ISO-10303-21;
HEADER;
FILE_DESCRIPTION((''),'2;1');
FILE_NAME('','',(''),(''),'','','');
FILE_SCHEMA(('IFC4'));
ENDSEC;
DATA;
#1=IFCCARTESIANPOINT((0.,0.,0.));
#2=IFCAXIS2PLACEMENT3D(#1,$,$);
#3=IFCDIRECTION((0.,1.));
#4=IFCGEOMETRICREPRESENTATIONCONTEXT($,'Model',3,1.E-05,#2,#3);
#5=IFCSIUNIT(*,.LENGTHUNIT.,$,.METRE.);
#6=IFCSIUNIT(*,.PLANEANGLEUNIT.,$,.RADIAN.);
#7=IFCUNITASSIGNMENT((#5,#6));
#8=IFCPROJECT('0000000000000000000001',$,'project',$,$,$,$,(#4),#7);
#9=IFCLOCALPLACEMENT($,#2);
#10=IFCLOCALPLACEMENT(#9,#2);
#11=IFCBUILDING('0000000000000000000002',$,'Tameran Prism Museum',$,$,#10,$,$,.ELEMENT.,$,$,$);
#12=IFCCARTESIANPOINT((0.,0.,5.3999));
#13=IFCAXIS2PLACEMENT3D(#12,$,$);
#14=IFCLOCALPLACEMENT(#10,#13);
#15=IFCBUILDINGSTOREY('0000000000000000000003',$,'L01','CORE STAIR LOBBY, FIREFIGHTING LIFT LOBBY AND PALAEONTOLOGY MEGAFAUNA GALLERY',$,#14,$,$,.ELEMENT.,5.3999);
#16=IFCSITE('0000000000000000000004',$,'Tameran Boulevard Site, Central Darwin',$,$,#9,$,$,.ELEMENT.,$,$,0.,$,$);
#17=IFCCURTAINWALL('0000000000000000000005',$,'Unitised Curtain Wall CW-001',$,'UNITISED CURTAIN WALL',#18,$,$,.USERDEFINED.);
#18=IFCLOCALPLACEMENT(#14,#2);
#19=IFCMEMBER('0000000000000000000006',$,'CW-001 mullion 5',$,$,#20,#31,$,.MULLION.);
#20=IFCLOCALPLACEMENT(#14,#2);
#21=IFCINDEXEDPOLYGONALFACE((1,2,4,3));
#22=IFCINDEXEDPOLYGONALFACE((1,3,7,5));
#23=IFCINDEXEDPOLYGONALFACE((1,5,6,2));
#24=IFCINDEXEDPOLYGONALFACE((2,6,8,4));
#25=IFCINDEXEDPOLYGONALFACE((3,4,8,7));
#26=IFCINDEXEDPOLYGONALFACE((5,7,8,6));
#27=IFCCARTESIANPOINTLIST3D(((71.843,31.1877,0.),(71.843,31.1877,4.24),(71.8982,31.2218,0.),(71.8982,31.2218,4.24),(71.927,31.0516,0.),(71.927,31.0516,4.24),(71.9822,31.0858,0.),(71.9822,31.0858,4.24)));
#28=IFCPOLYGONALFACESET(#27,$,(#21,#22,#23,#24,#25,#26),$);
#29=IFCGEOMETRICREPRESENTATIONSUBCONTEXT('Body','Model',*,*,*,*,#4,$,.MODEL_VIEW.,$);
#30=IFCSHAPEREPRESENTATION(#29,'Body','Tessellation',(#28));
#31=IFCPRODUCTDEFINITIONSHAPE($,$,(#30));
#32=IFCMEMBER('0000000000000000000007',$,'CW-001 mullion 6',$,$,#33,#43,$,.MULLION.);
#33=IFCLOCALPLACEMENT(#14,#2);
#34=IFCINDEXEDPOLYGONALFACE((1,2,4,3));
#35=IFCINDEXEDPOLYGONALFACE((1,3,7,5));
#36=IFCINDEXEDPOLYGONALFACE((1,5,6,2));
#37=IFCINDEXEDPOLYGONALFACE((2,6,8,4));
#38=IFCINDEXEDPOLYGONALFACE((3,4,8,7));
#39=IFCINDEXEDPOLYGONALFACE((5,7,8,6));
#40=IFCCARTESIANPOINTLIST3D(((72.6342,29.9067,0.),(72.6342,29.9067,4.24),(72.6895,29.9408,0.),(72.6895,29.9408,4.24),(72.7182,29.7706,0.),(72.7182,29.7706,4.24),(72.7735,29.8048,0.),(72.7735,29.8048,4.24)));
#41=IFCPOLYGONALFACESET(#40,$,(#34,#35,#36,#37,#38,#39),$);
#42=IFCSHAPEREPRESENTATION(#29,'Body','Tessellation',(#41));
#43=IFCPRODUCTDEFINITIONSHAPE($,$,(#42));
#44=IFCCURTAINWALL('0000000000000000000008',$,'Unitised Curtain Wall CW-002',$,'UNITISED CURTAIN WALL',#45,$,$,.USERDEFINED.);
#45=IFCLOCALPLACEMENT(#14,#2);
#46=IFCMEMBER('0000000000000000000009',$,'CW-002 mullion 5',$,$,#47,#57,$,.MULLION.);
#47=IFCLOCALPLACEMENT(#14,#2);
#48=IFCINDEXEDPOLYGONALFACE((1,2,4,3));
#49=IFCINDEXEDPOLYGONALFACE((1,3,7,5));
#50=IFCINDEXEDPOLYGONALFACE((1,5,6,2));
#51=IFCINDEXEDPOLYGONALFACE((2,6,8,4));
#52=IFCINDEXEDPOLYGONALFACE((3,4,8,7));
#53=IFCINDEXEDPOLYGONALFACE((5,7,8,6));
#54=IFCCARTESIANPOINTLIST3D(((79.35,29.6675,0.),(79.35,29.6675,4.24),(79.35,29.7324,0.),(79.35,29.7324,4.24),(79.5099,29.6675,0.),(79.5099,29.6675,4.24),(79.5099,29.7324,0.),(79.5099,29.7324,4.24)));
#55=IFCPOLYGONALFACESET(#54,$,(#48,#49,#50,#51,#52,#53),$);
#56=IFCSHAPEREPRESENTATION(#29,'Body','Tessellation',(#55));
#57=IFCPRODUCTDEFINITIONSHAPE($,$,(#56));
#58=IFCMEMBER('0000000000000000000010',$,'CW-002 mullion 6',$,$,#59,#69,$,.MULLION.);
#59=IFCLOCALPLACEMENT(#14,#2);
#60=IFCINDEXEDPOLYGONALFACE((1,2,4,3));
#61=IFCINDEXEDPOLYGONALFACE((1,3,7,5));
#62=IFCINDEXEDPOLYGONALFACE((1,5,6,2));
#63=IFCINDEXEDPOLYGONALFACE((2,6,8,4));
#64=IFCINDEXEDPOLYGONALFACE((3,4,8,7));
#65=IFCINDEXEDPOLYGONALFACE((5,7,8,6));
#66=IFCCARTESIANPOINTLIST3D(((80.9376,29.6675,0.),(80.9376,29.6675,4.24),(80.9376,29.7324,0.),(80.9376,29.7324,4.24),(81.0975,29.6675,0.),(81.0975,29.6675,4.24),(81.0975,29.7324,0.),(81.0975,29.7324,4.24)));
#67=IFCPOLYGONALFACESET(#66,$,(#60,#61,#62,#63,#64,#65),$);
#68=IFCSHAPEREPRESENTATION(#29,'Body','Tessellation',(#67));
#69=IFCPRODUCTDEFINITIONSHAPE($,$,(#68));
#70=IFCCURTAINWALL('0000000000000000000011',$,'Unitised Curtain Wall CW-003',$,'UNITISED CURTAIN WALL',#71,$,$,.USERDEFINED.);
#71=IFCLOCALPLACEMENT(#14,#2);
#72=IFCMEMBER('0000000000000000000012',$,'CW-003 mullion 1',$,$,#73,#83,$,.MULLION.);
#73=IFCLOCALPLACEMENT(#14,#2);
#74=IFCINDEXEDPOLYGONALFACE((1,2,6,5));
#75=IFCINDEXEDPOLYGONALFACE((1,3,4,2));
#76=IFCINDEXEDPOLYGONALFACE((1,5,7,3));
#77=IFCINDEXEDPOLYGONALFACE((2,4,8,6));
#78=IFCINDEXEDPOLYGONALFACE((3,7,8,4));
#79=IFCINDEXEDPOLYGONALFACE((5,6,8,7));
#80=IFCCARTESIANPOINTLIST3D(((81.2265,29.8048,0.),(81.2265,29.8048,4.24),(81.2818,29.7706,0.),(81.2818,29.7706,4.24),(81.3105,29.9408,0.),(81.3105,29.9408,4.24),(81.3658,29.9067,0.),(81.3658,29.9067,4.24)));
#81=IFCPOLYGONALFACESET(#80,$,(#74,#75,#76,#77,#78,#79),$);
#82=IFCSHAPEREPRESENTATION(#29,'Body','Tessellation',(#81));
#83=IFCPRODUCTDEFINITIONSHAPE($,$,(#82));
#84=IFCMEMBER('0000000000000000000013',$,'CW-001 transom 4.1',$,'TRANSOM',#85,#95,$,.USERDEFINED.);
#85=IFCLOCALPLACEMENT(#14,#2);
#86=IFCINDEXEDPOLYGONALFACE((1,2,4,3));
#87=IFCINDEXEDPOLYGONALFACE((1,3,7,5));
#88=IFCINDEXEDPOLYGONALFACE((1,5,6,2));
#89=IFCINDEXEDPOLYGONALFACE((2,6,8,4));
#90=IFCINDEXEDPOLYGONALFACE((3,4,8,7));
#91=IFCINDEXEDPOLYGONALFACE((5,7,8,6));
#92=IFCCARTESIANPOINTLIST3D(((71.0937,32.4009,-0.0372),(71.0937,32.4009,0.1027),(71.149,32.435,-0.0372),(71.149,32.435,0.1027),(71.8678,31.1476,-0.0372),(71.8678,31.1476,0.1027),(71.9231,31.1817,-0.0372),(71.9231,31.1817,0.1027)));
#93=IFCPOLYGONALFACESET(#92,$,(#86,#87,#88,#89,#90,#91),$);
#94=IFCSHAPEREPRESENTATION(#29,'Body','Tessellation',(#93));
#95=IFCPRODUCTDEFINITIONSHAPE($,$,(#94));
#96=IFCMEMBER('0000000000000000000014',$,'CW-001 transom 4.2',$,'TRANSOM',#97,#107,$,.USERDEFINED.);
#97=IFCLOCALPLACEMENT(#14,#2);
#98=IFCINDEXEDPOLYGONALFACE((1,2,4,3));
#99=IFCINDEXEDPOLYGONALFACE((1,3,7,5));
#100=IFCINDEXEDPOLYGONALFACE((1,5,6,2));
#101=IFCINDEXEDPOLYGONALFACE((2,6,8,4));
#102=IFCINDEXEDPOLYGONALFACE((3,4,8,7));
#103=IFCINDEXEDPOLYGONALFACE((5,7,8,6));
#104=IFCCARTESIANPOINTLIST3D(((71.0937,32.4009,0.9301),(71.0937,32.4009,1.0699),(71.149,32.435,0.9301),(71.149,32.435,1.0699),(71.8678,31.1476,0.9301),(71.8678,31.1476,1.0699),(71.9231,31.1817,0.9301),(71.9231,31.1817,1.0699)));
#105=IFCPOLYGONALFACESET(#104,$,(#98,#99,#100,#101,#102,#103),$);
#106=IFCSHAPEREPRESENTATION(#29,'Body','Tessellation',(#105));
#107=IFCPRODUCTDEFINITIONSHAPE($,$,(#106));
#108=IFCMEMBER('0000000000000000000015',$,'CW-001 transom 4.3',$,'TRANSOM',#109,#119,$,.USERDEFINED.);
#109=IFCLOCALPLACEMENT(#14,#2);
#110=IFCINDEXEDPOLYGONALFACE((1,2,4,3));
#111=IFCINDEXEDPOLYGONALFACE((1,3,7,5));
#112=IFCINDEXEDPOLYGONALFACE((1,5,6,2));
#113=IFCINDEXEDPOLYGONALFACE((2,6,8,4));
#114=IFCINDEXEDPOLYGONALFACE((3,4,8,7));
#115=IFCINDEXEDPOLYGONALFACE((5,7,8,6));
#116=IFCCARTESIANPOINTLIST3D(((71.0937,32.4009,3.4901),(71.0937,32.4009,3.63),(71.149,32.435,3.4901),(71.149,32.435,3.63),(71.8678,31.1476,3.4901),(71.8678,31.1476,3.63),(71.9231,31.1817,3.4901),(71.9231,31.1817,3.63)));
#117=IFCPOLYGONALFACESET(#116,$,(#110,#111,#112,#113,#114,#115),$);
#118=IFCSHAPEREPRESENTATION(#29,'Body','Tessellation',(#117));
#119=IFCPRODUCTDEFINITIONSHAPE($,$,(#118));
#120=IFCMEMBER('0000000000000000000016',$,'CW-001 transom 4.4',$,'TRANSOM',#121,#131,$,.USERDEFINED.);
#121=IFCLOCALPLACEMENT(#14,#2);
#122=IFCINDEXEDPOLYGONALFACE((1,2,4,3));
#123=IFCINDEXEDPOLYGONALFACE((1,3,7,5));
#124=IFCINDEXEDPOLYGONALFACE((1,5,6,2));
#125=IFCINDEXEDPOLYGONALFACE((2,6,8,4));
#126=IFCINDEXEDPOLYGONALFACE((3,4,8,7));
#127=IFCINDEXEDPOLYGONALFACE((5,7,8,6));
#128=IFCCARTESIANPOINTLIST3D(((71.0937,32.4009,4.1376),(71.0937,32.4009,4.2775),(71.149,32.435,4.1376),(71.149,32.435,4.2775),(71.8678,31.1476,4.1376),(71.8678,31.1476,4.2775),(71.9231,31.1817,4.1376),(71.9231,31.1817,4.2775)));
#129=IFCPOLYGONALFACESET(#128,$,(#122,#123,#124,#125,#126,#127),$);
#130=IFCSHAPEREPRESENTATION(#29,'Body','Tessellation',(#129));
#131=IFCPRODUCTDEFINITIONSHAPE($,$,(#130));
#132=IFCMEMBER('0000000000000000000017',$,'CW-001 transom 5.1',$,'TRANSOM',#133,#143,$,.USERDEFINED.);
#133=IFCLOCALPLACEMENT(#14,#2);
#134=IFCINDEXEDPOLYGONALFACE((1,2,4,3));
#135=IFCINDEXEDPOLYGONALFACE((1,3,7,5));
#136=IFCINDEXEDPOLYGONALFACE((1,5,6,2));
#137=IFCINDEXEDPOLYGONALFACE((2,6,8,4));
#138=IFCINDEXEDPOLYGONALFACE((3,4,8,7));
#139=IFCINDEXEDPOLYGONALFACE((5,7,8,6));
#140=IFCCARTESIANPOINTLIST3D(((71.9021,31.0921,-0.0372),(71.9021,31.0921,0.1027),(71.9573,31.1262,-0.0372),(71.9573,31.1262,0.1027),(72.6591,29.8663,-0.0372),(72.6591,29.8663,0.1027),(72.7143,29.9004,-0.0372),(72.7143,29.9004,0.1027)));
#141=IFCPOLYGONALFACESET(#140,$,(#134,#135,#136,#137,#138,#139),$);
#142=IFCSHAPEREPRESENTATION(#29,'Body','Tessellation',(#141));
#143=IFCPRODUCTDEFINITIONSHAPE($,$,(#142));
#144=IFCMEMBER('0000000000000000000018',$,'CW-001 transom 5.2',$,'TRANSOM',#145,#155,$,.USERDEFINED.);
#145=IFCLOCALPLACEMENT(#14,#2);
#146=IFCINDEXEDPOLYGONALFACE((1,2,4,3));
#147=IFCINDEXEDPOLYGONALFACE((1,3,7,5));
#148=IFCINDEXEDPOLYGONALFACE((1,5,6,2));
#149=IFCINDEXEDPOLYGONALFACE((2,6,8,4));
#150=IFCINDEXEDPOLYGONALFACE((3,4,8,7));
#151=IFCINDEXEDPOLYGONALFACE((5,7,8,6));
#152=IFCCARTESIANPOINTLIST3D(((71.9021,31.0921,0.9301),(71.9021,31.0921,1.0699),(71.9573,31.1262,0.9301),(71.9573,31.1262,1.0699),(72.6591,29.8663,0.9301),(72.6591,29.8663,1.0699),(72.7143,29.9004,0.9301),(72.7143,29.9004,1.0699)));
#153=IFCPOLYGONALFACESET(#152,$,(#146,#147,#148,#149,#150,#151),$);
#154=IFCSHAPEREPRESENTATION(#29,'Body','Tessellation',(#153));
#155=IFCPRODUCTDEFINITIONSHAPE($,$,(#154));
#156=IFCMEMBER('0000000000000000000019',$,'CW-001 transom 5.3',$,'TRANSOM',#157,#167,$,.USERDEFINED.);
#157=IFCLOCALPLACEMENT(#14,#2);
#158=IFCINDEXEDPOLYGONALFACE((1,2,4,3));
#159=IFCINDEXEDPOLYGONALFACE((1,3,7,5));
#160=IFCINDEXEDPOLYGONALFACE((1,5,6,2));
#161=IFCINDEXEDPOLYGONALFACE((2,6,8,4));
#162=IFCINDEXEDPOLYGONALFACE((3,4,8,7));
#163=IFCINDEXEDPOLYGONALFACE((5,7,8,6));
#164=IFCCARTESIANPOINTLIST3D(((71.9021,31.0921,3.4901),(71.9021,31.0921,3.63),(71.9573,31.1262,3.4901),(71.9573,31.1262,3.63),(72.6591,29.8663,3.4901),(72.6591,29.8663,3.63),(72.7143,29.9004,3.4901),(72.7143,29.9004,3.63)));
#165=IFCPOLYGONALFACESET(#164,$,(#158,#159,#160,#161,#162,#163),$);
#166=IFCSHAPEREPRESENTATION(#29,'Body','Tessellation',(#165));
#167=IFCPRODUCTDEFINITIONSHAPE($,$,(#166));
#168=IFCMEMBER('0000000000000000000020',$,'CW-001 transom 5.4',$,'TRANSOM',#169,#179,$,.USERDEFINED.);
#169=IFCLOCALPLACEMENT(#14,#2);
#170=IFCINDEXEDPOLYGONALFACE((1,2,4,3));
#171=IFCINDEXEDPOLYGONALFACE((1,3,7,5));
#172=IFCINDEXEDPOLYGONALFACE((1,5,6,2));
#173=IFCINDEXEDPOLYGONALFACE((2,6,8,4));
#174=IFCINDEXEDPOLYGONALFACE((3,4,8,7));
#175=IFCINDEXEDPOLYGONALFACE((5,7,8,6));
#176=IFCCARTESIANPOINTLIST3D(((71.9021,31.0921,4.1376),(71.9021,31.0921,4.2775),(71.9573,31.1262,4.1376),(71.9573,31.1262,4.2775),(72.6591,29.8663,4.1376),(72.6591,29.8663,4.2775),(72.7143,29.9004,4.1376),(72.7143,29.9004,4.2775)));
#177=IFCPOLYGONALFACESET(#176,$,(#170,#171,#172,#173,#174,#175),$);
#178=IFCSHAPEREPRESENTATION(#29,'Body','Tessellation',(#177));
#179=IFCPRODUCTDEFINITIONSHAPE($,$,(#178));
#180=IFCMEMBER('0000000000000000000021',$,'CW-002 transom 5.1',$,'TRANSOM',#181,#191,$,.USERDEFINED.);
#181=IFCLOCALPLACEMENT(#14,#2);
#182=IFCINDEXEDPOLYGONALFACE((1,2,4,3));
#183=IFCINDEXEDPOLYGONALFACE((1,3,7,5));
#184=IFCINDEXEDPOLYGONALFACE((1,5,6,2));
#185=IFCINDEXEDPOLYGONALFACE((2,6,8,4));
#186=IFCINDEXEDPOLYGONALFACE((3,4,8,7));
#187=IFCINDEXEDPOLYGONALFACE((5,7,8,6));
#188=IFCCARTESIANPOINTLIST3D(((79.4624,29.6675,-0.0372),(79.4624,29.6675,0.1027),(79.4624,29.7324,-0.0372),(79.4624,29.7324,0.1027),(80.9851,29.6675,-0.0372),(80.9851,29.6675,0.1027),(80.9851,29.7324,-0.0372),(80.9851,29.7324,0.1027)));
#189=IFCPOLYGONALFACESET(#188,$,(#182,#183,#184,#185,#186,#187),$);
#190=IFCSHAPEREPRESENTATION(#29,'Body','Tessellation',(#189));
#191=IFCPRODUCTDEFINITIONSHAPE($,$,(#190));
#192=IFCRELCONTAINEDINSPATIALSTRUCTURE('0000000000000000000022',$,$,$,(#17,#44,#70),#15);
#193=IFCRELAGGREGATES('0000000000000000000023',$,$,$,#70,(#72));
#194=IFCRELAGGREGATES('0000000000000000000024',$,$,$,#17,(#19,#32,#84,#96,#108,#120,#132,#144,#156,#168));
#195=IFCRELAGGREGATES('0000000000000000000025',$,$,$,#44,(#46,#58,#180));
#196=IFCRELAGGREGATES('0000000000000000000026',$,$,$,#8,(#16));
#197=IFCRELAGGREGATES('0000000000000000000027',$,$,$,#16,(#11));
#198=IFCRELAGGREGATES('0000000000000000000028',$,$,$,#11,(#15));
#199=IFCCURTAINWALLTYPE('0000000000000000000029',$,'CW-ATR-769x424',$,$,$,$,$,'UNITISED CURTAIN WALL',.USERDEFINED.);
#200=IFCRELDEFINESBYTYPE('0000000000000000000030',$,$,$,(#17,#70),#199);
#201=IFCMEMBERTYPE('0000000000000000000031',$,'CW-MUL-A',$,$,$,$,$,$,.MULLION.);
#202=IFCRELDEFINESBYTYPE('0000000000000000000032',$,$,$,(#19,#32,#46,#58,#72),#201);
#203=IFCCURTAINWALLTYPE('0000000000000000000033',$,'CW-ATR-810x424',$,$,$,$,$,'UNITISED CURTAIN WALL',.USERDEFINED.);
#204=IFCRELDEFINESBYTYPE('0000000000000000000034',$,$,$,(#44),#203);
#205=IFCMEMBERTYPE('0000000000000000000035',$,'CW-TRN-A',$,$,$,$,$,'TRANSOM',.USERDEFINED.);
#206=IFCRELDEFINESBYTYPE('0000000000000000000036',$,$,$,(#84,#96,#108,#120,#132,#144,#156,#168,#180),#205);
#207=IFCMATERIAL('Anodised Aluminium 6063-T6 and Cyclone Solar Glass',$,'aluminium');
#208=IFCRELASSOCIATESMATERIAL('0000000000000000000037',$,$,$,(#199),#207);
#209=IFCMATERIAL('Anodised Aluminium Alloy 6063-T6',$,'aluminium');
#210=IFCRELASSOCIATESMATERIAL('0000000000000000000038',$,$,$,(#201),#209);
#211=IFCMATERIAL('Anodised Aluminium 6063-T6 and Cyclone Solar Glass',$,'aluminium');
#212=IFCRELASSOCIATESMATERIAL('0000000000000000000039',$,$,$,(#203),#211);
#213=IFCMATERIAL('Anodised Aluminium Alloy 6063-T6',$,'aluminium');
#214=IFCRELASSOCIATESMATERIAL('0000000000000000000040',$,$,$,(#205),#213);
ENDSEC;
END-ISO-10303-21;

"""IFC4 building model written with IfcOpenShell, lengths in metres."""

from ifc_helpers import new_model, si_unit, direction, frame, origin, origin_2d, place, context, subcontext, project, spatial, rectangle, extrude, material, material_profile, profile_set, type_object, element, aggregate, save


model = new_model("IFC4")

# Units and contexts
model_context = context("Model", 3, precision=1e-05, world=origin(), true_north=direction((0.0, 1.0)))
body_context = subcontext(model_context, "Body", "Model", "MODEL_VIEW")
ifc_project = project(units=[si_unit("LENGTHUNIT", "METRE"), si_unit("PLANEANGLEUNIT", "RADIAN")], contexts=[model_context])

# Site, building, storey
site_placement = place(None, origin())
site = spatial("IfcSite", under=ifc_project, at=site_placement, Name="Tameran Boulevard Site, Central Darwin", CompositionType="ELEMENT", RefElevation=0.0)
building_placement = place(site_placement, origin())
building = spatial("IfcBuilding", under=site, at=building_placement, Name="Tameran Prism Museum", CompositionType="ELEMENT")
storey_placement = place(building_placement, frame((0.0, 0.0, 5.3999)))
storey = spatial("IfcBuildingStorey", under=building, at=storey_placement, Name="L01", Description="CORE STAIR LOBBY, FIREFIGHTING LIFT LOBBY AND PALAEONTOLOGY MEGAFAUNA GALLERY", CompositionType="ELEMENT", Elevation=5.3999)

# Curtain walls, members
ifc_material_1 = material(Name="Anodised Aluminium 6063-T6 and Cyclone Solar Glass", Category="aluminium")
curtain_wall_type_1 = type_object("IfcCurtainWallType", Name="CW-ATR-769x424", ElementType="UNITISED CURTAIN WALL", PredefinedType="USERDEFINED", material=ifc_material_1)
curtain_wall_1_placement = place(storey_placement, origin())
curtain_wall_1 = element("IfcCurtainWall", 1, at=curtain_wall_1_placement, inside=storey, type_object=curtain_wall_type_1, Name="Unitised Curtain Wall CW-001", ObjectType="UNITISED CURTAIN WALL", PredefinedType="USERDEFINED")
ifc_material_2 = material(Name="Anodised Aluminium Alloy 6063-T6", Category="aluminium")
ifc_material_profile_1 = material_profile(ifc_material_2, rectangle(XDim=0.0649, YDim=0.1599, at=origin_2d()))
ifc_profile_set_1 = profile_set([ifc_material_profile_1])
member_type_1 = type_object("IfcMemberType", Name="CW-MUL-A", PredefinedType="MULLION", material=ifc_profile_set_1)
member_1_placement = place(storey_placement, frame((71.9126, 31.1367, 0.0), z_axis=(0.0, 0.0, 1.0), x_axis=(0.850791, 0.525504, 0.0)))
member_1 = element("IfcMember", 2, at=member_1_placement, type_object=member_type_1, Name="CW-001 mullion 5", PredefinedType="MULLION", context=body_context, shape_type="SweptSolid", body=[
    extrude(rectangle(XDim=0.0649, YDim=0.1599, at=origin_2d()), origin(), (0.0, 0.0, 1.0), 4.24),
])
member_2_placement = place(storey_placement, frame((72.7039, 29.8557, 0.0), z_axis=(0.0, 0.0, 1.0), x_axis=(0.850791, 0.525504, 0.0)))
member_2 = element("IfcMember", 3, at=member_2_placement, type_object=member_type_1, Name="CW-001 mullion 6", PredefinedType="MULLION", context=body_context, shape_type="SweptSolid", body=[
    extrude(rectangle(XDim=0.0649, YDim=0.1599, at=origin_2d()), origin(), (0.0, 0.0, 1.0), 4.24),
])
ifc_material_3 = material(Name="Anodised Aluminium 6063-T6 and Cyclone Solar Glass", Category="aluminium")
curtain_wall_type_2 = type_object("IfcCurtainWallType", Name="CW-ATR-810x424", ElementType="UNITISED CURTAIN WALL", PredefinedType="USERDEFINED", material=ifc_material_3)
curtain_wall_2_placement = place(storey_placement, origin())
curtain_wall_2 = element("IfcCurtainWall", 4, at=curtain_wall_2_placement, inside=storey, type_object=curtain_wall_type_2, Name="Unitised Curtain Wall CW-002", ObjectType="UNITISED CURTAIN WALL", PredefinedType="USERDEFINED")
member_3_placement = place(storey_placement, frame((79.4299, 29.7, 0.0), z_axis=(0.0, 0.0, 1.0), x_axis=(0.0, 1.0, 0.0)))
member_3 = element("IfcMember", 5, at=member_3_placement, type_object=member_type_1, Name="CW-002 mullion 5", PredefinedType="MULLION", context=body_context, shape_type="SweptSolid", body=[
    extrude(rectangle(XDim=0.0649, YDim=0.1599, at=origin_2d()), origin(), (0.0, 0.0, 1.0), 4.24),
])
member_4_placement = place(storey_placement, frame((81.0176, 29.7, 0.0), z_axis=(0.0, 0.0, 1.0), x_axis=(0.0, 1.0, 0.0)))
member_4 = element("IfcMember", 6, at=member_4_placement, type_object=member_type_1, Name="CW-002 mullion 6", PredefinedType="MULLION", context=body_context, shape_type="SweptSolid", body=[
    extrude(rectangle(XDim=0.0649, YDim=0.1599, at=origin_2d()), origin(), (0.0, 0.0, 1.0), 4.24),
])

# Curtain wall, member
curtain_wall_3_placement = place(storey_placement, origin())
curtain_wall_3 = element("IfcCurtainWall", 7, at=curtain_wall_3_placement, inside=storey, type_object=curtain_wall_type_1, Name="Unitised Curtain Wall CW-003", ObjectType="UNITISED CURTAIN WALL", PredefinedType="USERDEFINED")
member_5_placement = place(storey_placement, frame((81.2961, 29.8557, 0.0), z_axis=(0.0, 0.0, 1.0), x_axis=(-0.850791, 0.525504, 0.0)))
member_5 = element("IfcMember", 8, at=member_5_placement, type_object=member_type_1, Name="CW-003 mullion 1", PredefinedType="MULLION", context=body_context, shape_type="SweptSolid", body=[
    extrude(rectangle(XDim=0.0649, YDim=0.1599, at=origin_2d()), origin(), (0.0, 0.0, 1.0), 4.24),
])

# Members
ifc_material_4 = material(Name="Anodised Aluminium Alloy 6063-T6", Category="aluminium")
ifc_material_profile_2 = material_profile(ifc_material_4, rectangle(XDim=0.0649, YDim=0.1399, at=origin_2d()))
ifc_profile_set_2 = profile_set([ifc_material_profile_2])
member_type_2 = type_object("IfcMemberType", Name="CW-TRN-A", ElementType="TRANSOM", PredefinedType="USERDEFINED", material=ifc_profile_set_2)
member_6_placement = place(storey_placement, frame((71.1213, 32.418, 0.0327), z_axis=(0.525493, -0.850798, 0.0), x_axis=(0.850798, 0.525493, 0.0)))
member_6 = element("IfcMember", 9, at=member_6_placement, type_object=member_type_2, Name="CW-001 transom 4.1", ObjectType="TRANSOM", PredefinedType="USERDEFINED", context=body_context, shape_type="SweptSolid", body=[
    extrude(rectangle(XDim=0.0649, YDim=0.1399, at=origin_2d()), origin(), (0.0, 0.0, 1.0), 1.4731),
])
member_7_placement = place(storey_placement, frame((71.1213, 32.418, 1.0), z_axis=(0.525493, -0.850798, 0.0), x_axis=(0.850798, 0.525493, 0.0)))
member_7 = element("IfcMember", 10, at=member_7_placement, type_object=member_type_2, Name="CW-001 transom 4.2", ObjectType="TRANSOM", PredefinedType="USERDEFINED", context=body_context, shape_type="SweptSolid", body=[
    extrude(rectangle(XDim=0.0649, YDim=0.1399, at=origin_2d()), origin(), (0.0, 0.0, 1.0), 1.4731),
])
member_8_placement = place(storey_placement, frame((71.1213, 32.418, 3.5601), z_axis=(0.525493, -0.850798, 0.0), x_axis=(0.850798, 0.525493, 0.0)))
member_8 = element("IfcMember", 11, at=member_8_placement, type_object=member_type_2, Name="CW-001 transom 4.3", ObjectType="TRANSOM", PredefinedType="USERDEFINED", context=body_context, shape_type="SweptSolid", body=[
    extrude(rectangle(XDim=0.0649, YDim=0.1399, at=origin_2d()), origin(), (0.0, 0.0, 1.0), 1.4731),
])
member_9_placement = place(storey_placement, frame((71.1213, 32.418, 4.2075), z_axis=(0.525493, -0.850798, 0.0), x_axis=(0.850798, 0.525493, 0.0)))
member_9 = element("IfcMember", 12, at=member_9_placement, type_object=member_type_2, Name="CW-001 transom 4.4", ObjectType="TRANSOM", PredefinedType="USERDEFINED", context=body_context, shape_type="SweptSolid", body=[
    extrude(rectangle(XDim=0.0649, YDim=0.1399, at=origin_2d()), origin(), (0.0, 0.0, 1.0), 1.4731),
])
member_10_placement = place(storey_placement, frame((71.9297, 31.1091, 0.0327), z_axis=(0.525468, -0.850814, 0.0), x_axis=(0.850814, 0.525468, 0.0)))
member_10 = element("IfcMember", 13, at=member_10_placement, type_object=member_type_2, Name="CW-001 transom 5.1", ObjectType="TRANSOM", PredefinedType="USERDEFINED", context=body_context, shape_type="SweptSolid", body=[
    extrude(rectangle(XDim=0.0649, YDim=0.1399, at=origin_2d()), origin(), (0.0, 0.0, 1.0), 1.4407),
])
member_11_placement = place(storey_placement, frame((71.9297, 31.1091, 1.0), z_axis=(0.525468, -0.850814, 0.0), x_axis=(0.850814, 0.525468, 0.0)))
member_11 = element("IfcMember", 14, at=member_11_placement, type_object=member_type_2, Name="CW-001 transom 5.2", ObjectType="TRANSOM", PredefinedType="USERDEFINED", context=body_context, shape_type="SweptSolid", body=[
    extrude(rectangle(XDim=0.0649, YDim=0.1399, at=origin_2d()), origin(), (0.0, 0.0, 1.0), 1.4407),
])
member_12_placement = place(storey_placement, frame((71.9297, 31.1091, 3.5601), z_axis=(0.525468, -0.850814, 0.0), x_axis=(0.850814, 0.525468, 0.0)))
member_12 = element("IfcMember", 15, at=member_12_placement, type_object=member_type_2, Name="CW-001 transom 5.3", ObjectType="TRANSOM", PredefinedType="USERDEFINED", context=body_context, shape_type="SweptSolid", body=[
    extrude(rectangle(XDim=0.0649, YDim=0.1399, at=origin_2d()), origin(), (0.0, 0.0, 1.0), 1.4407),
])
member_13_placement = place(storey_placement, frame((71.9297, 31.1091, 4.2075), z_axis=(0.525468, -0.850814, 0.0), x_axis=(0.850814, 0.525468, 0.0)))
member_13 = element("IfcMember", 16, at=member_13_placement, type_object=member_type_2, Name="CW-001 transom 5.4", ObjectType="TRANSOM", PredefinedType="USERDEFINED", context=body_context, shape_type="SweptSolid", body=[
    extrude(rectangle(XDim=0.0649, YDim=0.1399, at=origin_2d()), origin(), (0.0, 0.0, 1.0), 1.4407),
])
member_14_placement = place(storey_placement, frame((79.4624, 29.7, 0.0327), z_axis=(1.0, 0.0, 0.0), x_axis=(0.0, 1.0, 0.0)))
member_14 = element("IfcMember", 17, at=member_14_placement, type_object=member_type_2, Name="CW-002 transom 5.1", ObjectType="TRANSOM", PredefinedType="USERDEFINED", context=body_context, shape_type="SweptSolid", body=[
    extrude(rectangle(XDim=0.0649, YDim=0.1399, at=origin_2d()), origin(), (0.0, 0.0, 1.0), 1.5227),
])
aggregate(curtain_wall_3, [member_5])

aggregate(curtain_wall_1, [member_1, member_2, member_6, member_7, member_8, member_9, member_10, member_11, member_12, member_13])
aggregate(curtain_wall_2, [member_3, member_4, member_14])

save(model, "model.ifc")
